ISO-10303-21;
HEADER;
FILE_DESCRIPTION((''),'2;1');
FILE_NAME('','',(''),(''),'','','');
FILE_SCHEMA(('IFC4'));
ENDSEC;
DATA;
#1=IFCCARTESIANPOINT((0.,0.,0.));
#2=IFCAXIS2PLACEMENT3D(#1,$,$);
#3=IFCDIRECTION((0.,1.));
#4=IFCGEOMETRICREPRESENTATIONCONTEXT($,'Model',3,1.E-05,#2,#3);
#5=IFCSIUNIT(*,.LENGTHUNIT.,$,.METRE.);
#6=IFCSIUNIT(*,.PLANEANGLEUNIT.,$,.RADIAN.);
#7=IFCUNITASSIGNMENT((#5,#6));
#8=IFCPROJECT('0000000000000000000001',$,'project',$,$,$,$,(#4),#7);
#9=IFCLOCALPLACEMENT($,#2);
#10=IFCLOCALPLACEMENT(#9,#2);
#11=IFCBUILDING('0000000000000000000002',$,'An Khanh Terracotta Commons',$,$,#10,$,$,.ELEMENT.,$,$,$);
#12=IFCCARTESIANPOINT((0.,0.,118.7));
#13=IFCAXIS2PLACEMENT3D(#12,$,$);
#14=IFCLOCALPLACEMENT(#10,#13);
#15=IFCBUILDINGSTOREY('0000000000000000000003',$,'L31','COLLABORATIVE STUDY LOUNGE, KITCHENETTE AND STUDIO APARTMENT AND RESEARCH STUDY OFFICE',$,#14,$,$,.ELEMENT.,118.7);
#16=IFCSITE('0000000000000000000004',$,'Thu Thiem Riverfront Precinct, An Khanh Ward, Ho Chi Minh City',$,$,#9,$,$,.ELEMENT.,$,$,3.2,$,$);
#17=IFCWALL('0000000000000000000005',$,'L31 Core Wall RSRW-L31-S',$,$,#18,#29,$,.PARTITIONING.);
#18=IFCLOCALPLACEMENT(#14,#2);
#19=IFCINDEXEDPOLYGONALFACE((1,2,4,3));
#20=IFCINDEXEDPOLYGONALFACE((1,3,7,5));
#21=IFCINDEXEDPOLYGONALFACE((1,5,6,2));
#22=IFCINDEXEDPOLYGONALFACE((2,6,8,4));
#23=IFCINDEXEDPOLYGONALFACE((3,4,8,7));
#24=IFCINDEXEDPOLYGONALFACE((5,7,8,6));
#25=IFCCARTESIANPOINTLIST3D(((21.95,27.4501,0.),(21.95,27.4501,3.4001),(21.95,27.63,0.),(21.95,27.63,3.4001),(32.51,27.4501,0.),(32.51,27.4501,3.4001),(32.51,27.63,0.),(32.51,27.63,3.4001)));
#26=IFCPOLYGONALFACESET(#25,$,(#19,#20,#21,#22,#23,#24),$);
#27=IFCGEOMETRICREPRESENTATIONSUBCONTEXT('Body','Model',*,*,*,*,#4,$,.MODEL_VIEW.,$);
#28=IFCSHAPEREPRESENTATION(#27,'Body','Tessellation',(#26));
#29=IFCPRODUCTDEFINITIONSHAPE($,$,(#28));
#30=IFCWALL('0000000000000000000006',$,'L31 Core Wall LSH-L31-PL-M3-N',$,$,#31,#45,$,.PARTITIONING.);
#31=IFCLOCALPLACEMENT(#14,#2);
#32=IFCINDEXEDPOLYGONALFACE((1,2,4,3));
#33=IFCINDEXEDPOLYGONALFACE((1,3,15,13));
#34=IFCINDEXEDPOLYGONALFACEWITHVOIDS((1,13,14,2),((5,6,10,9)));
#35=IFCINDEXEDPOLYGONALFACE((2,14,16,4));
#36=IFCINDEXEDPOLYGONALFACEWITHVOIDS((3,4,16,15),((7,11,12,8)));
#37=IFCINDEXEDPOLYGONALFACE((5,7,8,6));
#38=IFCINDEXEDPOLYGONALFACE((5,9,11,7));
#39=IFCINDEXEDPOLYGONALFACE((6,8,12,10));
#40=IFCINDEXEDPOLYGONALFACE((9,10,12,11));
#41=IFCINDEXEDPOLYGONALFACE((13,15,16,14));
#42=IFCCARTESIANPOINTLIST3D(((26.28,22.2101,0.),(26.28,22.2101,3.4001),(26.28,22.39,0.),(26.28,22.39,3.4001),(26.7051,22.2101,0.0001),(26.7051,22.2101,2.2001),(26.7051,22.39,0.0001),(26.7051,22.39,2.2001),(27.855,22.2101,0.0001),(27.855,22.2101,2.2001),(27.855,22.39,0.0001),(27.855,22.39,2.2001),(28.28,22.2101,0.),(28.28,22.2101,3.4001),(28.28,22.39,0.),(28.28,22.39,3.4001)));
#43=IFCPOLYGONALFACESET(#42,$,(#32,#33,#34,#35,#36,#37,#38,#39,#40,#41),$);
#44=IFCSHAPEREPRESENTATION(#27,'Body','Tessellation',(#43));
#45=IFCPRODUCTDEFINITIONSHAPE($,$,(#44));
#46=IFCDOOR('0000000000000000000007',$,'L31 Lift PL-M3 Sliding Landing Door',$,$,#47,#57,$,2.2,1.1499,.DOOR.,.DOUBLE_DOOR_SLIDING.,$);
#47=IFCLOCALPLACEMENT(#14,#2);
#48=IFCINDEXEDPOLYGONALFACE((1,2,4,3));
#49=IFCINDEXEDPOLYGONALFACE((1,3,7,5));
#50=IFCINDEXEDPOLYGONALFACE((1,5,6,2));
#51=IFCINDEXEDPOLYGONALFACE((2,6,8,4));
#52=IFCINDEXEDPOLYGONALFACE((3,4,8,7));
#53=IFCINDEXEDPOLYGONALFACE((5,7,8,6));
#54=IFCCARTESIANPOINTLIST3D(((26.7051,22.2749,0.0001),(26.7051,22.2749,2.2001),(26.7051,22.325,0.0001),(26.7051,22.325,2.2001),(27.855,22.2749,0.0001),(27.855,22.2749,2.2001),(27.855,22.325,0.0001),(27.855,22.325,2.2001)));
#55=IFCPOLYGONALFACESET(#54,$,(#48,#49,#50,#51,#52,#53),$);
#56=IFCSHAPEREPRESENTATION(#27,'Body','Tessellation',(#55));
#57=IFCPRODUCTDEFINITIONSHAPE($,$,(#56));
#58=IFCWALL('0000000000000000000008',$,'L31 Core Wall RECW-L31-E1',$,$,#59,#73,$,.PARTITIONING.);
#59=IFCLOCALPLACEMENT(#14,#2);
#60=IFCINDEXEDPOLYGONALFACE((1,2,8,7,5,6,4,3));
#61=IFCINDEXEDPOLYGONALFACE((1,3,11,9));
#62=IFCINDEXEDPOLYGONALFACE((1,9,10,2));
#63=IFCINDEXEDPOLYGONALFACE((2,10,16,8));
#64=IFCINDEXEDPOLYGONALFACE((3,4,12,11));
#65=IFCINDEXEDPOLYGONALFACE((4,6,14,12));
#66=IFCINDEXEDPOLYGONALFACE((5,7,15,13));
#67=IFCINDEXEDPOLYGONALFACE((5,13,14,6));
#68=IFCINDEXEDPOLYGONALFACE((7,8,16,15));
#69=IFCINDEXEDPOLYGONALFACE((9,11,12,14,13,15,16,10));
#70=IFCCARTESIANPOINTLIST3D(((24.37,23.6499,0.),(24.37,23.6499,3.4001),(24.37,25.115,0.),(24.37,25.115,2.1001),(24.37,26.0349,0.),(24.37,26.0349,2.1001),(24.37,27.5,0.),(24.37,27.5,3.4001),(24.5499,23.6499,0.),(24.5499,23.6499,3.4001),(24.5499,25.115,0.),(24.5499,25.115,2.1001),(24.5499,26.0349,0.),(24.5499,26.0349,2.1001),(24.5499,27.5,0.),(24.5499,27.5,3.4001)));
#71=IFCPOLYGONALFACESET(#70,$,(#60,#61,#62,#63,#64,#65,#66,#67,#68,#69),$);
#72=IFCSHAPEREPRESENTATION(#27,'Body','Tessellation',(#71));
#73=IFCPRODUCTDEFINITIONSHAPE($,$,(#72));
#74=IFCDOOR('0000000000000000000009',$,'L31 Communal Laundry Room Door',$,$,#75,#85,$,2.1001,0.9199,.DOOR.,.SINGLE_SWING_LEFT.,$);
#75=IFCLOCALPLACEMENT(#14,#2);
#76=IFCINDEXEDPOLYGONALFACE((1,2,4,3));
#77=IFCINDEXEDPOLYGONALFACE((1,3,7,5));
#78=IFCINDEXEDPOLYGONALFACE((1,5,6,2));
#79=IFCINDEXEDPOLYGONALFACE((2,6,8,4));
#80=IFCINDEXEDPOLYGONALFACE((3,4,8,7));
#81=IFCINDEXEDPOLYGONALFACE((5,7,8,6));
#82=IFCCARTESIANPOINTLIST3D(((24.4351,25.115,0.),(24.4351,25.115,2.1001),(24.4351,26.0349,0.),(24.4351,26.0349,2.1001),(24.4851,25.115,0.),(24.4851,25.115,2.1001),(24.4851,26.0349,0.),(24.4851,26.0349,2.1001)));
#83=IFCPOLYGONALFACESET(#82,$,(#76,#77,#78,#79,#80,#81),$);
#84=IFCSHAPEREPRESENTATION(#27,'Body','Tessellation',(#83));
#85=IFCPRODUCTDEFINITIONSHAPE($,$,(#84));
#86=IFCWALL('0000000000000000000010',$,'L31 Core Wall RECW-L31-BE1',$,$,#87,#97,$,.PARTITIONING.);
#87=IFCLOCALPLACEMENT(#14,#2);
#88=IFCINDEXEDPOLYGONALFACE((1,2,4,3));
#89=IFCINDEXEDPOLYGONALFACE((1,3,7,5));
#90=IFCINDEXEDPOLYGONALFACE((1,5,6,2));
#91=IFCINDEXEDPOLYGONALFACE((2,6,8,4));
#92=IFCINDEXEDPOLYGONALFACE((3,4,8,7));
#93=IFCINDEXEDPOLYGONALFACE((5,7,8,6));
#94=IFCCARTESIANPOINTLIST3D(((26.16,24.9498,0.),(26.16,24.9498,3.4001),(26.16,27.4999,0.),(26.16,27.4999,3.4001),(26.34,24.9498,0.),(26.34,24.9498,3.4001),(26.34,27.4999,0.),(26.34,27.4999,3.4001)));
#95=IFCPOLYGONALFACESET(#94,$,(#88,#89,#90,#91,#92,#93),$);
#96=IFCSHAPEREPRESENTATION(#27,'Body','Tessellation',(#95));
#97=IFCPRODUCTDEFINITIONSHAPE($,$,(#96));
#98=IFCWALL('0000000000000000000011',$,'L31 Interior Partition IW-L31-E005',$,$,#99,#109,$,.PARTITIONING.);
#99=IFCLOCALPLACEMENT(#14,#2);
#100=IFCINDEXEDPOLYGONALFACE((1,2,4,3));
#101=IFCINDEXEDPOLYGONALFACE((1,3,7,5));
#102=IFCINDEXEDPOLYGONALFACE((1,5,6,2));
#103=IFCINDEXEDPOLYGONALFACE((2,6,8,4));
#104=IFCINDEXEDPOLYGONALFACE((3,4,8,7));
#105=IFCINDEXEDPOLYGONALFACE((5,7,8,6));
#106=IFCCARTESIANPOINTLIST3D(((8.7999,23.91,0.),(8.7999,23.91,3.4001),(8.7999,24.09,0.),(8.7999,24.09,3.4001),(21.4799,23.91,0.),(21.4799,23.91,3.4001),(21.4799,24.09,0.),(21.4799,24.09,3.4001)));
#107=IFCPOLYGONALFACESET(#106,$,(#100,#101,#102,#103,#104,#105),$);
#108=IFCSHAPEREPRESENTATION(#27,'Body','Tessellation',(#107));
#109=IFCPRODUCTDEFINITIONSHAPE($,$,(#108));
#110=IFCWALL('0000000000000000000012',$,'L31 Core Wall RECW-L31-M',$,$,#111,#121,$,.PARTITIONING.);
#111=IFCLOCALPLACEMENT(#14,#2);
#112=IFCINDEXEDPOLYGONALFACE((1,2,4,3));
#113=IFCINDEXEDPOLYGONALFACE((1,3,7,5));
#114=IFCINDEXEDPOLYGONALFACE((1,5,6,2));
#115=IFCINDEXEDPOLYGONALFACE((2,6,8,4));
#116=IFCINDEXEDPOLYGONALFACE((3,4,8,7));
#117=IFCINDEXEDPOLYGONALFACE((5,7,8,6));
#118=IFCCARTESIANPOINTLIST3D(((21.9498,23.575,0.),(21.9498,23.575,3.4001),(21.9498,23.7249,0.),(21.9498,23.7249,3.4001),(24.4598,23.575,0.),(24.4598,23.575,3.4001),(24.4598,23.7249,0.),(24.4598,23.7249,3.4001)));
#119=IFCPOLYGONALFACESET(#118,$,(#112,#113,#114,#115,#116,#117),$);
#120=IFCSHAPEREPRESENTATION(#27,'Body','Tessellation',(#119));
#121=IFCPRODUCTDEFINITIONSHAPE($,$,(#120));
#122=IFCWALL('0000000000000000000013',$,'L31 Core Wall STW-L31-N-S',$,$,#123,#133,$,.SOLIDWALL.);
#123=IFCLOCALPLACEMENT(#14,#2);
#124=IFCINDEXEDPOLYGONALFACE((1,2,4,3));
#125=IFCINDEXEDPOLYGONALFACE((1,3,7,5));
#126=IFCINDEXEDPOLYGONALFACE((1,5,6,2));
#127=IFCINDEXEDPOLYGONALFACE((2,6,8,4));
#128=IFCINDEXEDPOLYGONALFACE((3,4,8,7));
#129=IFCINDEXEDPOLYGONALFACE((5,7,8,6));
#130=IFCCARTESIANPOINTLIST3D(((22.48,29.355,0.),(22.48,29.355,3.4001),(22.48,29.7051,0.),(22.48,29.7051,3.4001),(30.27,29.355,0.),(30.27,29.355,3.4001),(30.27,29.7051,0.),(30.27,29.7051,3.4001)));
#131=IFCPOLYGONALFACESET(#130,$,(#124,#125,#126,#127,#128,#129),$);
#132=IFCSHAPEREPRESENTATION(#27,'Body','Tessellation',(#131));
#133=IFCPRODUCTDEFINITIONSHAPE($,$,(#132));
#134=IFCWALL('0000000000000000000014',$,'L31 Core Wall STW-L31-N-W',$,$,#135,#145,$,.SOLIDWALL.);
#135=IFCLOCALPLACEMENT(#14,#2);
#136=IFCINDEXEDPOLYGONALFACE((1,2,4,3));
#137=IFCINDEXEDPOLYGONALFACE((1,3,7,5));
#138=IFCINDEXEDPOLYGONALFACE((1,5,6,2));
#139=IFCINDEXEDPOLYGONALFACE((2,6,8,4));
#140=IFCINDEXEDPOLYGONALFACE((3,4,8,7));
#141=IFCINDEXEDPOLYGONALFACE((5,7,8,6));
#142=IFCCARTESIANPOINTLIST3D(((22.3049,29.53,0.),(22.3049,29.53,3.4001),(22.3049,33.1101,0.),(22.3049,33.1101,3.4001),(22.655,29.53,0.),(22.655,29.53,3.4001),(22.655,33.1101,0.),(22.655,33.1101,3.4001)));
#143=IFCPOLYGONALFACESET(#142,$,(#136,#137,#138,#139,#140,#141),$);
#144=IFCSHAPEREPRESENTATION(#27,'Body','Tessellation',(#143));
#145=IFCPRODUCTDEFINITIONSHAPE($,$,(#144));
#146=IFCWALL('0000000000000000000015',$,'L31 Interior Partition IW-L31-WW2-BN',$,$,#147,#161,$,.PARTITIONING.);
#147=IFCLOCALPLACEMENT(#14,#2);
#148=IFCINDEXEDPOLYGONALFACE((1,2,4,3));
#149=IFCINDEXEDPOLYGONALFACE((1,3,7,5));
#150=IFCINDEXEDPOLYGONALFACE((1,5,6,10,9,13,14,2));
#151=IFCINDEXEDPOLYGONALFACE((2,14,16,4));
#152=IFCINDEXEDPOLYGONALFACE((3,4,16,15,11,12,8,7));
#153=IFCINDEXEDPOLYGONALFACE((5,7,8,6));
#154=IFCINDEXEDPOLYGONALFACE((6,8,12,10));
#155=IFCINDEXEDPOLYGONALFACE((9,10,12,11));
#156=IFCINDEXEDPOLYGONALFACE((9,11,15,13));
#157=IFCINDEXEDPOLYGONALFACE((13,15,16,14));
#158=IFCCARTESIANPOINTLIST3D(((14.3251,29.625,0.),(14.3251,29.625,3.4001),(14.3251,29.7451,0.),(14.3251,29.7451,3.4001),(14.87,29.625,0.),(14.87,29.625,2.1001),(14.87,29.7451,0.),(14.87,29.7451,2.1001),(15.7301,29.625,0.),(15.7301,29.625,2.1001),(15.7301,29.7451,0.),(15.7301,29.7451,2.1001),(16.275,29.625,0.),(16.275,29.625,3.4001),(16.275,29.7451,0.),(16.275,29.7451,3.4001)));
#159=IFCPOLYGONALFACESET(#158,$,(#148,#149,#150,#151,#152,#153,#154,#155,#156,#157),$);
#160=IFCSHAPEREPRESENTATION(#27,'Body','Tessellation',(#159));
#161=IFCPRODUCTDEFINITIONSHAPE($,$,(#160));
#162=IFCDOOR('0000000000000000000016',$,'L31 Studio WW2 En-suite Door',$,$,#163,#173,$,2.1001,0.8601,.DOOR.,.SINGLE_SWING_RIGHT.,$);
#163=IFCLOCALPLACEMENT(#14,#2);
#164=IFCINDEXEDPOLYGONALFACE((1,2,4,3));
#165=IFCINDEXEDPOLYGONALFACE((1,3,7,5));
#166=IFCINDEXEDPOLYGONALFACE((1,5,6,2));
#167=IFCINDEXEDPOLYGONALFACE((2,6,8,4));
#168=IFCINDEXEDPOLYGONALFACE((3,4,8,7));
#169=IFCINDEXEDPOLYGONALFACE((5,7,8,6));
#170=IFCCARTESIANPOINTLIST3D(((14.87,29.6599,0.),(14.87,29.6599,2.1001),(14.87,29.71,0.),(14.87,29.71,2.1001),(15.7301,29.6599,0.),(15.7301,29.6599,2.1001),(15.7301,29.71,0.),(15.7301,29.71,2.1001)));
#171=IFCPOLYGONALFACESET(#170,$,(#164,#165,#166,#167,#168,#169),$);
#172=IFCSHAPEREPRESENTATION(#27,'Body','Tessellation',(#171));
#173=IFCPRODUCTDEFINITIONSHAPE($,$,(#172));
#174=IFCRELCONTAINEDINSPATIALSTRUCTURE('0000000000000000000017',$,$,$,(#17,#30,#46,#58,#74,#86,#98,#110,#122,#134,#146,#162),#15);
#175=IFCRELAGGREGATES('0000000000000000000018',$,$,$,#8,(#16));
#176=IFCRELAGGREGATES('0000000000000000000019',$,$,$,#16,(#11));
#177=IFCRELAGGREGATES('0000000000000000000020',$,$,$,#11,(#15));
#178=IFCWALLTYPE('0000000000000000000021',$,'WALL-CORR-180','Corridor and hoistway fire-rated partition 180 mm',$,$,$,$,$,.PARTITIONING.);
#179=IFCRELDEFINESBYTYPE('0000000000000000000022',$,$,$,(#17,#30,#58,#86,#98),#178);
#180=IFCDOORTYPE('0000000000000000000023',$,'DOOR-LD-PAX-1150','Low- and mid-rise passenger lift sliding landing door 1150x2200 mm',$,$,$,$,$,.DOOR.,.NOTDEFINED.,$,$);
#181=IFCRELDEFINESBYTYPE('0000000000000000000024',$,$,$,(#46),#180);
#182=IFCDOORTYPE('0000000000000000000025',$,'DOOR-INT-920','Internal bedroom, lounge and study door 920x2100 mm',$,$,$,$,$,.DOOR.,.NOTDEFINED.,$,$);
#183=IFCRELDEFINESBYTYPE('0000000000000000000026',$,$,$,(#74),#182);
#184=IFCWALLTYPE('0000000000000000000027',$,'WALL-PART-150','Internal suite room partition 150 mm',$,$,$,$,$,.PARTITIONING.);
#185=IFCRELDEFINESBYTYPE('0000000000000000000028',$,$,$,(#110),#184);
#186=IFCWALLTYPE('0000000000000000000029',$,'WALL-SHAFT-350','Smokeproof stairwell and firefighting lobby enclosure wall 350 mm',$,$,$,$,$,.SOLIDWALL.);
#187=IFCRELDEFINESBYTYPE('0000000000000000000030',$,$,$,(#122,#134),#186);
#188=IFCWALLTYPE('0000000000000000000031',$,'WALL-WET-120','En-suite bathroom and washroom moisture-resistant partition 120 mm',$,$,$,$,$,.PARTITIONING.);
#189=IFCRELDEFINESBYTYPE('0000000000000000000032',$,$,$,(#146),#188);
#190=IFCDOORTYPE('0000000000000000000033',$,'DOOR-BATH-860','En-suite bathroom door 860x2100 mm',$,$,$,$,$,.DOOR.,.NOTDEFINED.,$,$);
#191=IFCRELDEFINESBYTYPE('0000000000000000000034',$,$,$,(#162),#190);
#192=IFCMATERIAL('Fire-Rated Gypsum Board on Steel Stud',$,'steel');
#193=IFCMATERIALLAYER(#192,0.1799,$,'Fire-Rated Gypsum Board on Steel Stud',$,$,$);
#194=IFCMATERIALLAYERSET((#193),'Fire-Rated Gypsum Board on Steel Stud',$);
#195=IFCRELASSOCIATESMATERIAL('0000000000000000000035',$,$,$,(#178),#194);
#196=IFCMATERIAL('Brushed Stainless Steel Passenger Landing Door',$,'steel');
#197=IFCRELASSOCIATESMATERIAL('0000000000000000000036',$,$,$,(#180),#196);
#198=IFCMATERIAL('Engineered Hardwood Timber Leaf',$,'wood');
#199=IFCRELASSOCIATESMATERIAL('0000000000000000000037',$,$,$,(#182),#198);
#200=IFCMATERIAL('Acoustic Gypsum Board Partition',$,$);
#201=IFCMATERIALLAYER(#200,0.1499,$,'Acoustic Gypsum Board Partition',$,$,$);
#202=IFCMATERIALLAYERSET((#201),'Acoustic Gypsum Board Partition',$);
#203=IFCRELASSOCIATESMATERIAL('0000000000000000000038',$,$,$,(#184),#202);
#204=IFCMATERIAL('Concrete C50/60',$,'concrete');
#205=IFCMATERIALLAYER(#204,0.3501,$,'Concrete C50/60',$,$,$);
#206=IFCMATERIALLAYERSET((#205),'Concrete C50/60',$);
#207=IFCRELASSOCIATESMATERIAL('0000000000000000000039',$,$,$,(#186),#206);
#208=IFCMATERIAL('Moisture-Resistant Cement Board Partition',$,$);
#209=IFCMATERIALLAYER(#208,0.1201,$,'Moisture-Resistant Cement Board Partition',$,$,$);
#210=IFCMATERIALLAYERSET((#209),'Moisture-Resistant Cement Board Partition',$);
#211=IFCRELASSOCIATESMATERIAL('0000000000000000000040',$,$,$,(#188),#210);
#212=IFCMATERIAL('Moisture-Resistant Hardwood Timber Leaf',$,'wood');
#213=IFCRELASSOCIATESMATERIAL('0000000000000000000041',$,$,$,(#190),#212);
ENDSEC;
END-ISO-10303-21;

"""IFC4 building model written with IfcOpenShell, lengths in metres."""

from ifc_helpers import new_model, si_unit, direction, frame, frame_2d, origin, place, context, subcontext, project, spatial, rectangle, extrude, material, layer, layer_set, type_object, element, fill, save


model = new_model("IFC4")

# Units and contexts
model_context = context("Model", 3, precision=1e-05, world=origin(), true_north=direction((0.0, 1.0)))
body_context = subcontext(model_context, "Body", "Model", "MODEL_VIEW")
ifc_project = project(units=[si_unit("LENGTHUNIT", "METRE"), si_unit("PLANEANGLEUNIT", "RADIAN")], contexts=[model_context])

# Site, building, storey
site_placement = place(None, origin())
site = spatial("IfcSite", under=ifc_project, at=site_placement, Name="Thu Thiem Riverfront Precinct, An Khanh Ward, Ho Chi Minh City", CompositionType="ELEMENT", RefElevation=3.2)
building_placement = place(site_placement, origin())
building = spatial("IfcBuilding", under=site, at=building_placement, Name="An Khanh Terracotta Commons", CompositionType="ELEMENT")
storey_placement = place(building_placement, frame((0.0, 0.0, 118.7)))
storey = spatial("IfcBuildingStorey", under=building, at=storey_placement, Name="L31", Description="COLLABORATIVE STUDY LOUNGE, KITCHENETTE AND STUDIO APARTMENT AND RESEARCH STUDY OFFICE", CompositionType="ELEMENT", Elevation=118.7)

# Wall
ifc_material_1 = material(Name="Fire-Rated Gypsum Board on Steel Stud", Category="steel")
ifc_layer_1 = layer(ifc_material_1, 0.1799, Name="Fire-Rated Gypsum Board on Steel Stud")
ifc_layer_set_1 = layer_set([ifc_layer_1], Name="Fire-Rated Gypsum Board on Steel Stud")
wall_type_1 = type_object("IfcWallType", Name="WALL-CORR-180", Description="Corridor and hoistway fire-rated partition 180 mm", PredefinedType="PARTITIONING", material=ifc_layer_set_1)
wall_1_placement = place(storey_placement, frame((21.95, 27.54, 0.0), z_axis=(0.0, 0.0, 1.0), x_axis=(1.0, 0.0, 0.0)))
element("IfcWall", 1, at=wall_1_placement, inside=storey, type_object=wall_type_1, Name="L31 Core Wall RSRW-L31-S", PredefinedType="PARTITIONING", context=body_context, shape_type="SweptSolid", body=[
    extrude(rectangle(XDim=10.5601, YDim=0.1799, at=frame_2d((5.28, 0.0))), origin(), (0.0, 0.0, 1.0), 3.4001),
])

# Walls, openings, doors
wall_2_placement = place(storey_placement, frame((26.28, 22.3, 0.0), z_axis=(0.0, 0.0, 1.0), x_axis=(1.0, 0.0, 0.0)))
wall_2 = element("IfcWall", 2, at=wall_2_placement, inside=storey, type_object=wall_type_1, Name="L31 Core Wall LSH-L31-PL-M3-N", PredefinedType="PARTITIONING", context=body_context, shape_type="SweptSolid", body=[
    extrude(rectangle(XDim=2.0, YDim=0.1799, at=frame_2d((1.0, 0.0))), origin(), (0.0, 0.0, 1.0), 3.4001),
])
opening_1_placement = place(wall_2_placement, frame((0.425, 0.0, 0.0)))
opening_1 = element("IfcOpeningElement", 3, at=opening_1_placement, cuts=wall_2, PredefinedType="OPENING", context=body_context, shape_type="SweptSolid", body=[
    extrude(rectangle(XDim=1.1499, YDim=2.2, at=frame_2d((0.575, 1.1001))), frame((0.0, 0.0999, 0.0), z_axis=(0.0, -1.0, 0.0), x_axis=(1.0, 0.0, 0.0)), (0.0, 0.0, 1.0), 0.2),
])
ifc_material_2 = material(Name="Brushed Stainless Steel Passenger Landing Door", Category="steel")
door_type_1 = type_object("IfcDoorType", Name="DOOR-LD-PAX-1150", Description="Low- and mid-rise passenger lift sliding landing door 1150x2200 mm", OperationType="NOTDEFINED", PredefinedType="DOOR", material=ifc_material_2)
door_1_placement = place(opening_1_placement, origin())
door_1 = element("IfcDoor", 4, at=door_1_placement, inside=storey, type_object=door_type_1, Name="L31 Lift PL-M3 Sliding Landing Door", OperationType="DOUBLE_DOOR_SLIDING", OverallHeight=2.2, OverallWidth=1.1499, PredefinedType="DOOR", context=body_context, shape_type="SweptSolid", body=[
    extrude(rectangle(XDim=1.1499, YDim=2.2, at=frame_2d((0.575, 1.1001))), frame((0.0, 0.0249, 0.0), z_axis=(0.0, -1.0, 0.0), x_axis=(1.0, 0.0, 0.0)), (0.0, 0.0, 1.0), 0.05),
])
fill(opening_1, door_1)
wall_3_placement = place(storey_placement, frame((24.46, 23.6499, 0.0), z_axis=(0.0, 0.0, 1.0), x_axis=(0.0, 1.0, 0.0)))
wall_3 = element("IfcWall", 5, at=wall_3_placement, inside=storey, type_object=wall_type_1, Name="L31 Core Wall RECW-L31-E1", PredefinedType="PARTITIONING", context=body_context, shape_type="SweptSolid", body=[
    extrude(rectangle(XDim=3.8501, YDim=0.1799, at=frame_2d((1.925, 0.0))), origin(), (0.0, 0.0, 1.0), 3.4001),
])
opening_2_placement = place(wall_3_placement, frame((1.4651, 0.0, 0.0)))
opening_2 = element("IfcOpeningElement", 6, at=opening_2_placement, cuts=wall_3, PredefinedType="OPENING", context=body_context, shape_type="SweptSolid", body=[
    extrude(rectangle(XDim=0.9199, YDim=2.1001, at=frame_2d((0.46, 1.05))), frame((0.0, 0.0999, 0.0), z_axis=(0.0, -1.0, 0.0), x_axis=(1.0, 0.0, 0.0)), (0.0, 0.0, 1.0), 0.2),
])
ifc_material_3 = material(Name="Engineered Hardwood Timber Leaf", Category="wood")
door_type_2 = type_object("IfcDoorType", Name="DOOR-INT-920", Description="Internal bedroom, lounge and study door 920x2100 mm", OperationType="NOTDEFINED", PredefinedType="DOOR", material=ifc_material_3)
door_2_placement = place(opening_2_placement, origin())
door_2 = element("IfcDoor", 7, at=door_2_placement, inside=storey, type_object=door_type_2, Name="L31 Communal Laundry Room Door", OperationType="SINGLE_SWING_LEFT", OverallHeight=2.1001, OverallWidth=0.9199, PredefinedType="DOOR", context=body_context, shape_type="SweptSolid", body=[
    extrude(rectangle(XDim=0.9199, YDim=2.1001, at=frame_2d((0.46, 1.05))), frame((0.0, 0.0249, 0.0), z_axis=(0.0, -1.0, 0.0), x_axis=(1.0, 0.0, 0.0)), (0.0, 0.0, 1.0), 0.05),
])
fill(opening_2, door_2)

# Walls
wall_4_placement = place(storey_placement, frame((26.25, 24.95, 0.0), z_axis=(0.0, 0.0, 1.0), x_axis=(0.0, 1.0, 0.0)))
element("IfcWall", 8, at=wall_4_placement, inside=storey, type_object=wall_type_1, Name="L31 Core Wall RECW-L31-BE1", PredefinedType="PARTITIONING", context=body_context, shape_type="SweptSolid", body=[
    extrude(rectangle(XDim=2.55, YDim=0.1799, at=frame_2d((1.2749, 0.0))), origin(), (0.0, 0.0, 1.0), 3.4001),
])
wall_5_placement = place(storey_placement, frame((8.8, 24.0, 0.0), z_axis=(0.0, 0.0, 1.0), x_axis=(1.0, 0.0, 0.0)))
element("IfcWall", 9, at=wall_5_placement, inside=storey, type_object=wall_type_1, Name="L31 Interior Partition IW-L31-E005", PredefinedType="PARTITIONING", context=body_context, shape_type="SweptSolid", body=[
    extrude(rectangle(XDim=12.6799, YDim=0.1799, at=frame_2d((6.3398, 0.0))), origin(), (0.0, 0.0, 1.0), 3.4001),
])
ifc_material_4 = material(Name="Acoustic Gypsum Board Partition")
ifc_layer_2 = layer(ifc_material_4, 0.1499, Name="Acoustic Gypsum Board Partition")
ifc_layer_set_2 = layer_set([ifc_layer_2], Name="Acoustic Gypsum Board Partition")
wall_type_2 = type_object("IfcWallType", Name="WALL-PART-150", Description="Internal suite room partition 150 mm", PredefinedType="PARTITIONING", material=ifc_layer_set_2)
wall_6_placement = place(storey_placement, frame((21.95, 23.6499, 0.0), z_axis=(0.0, 0.0, 1.0), x_axis=(1.0, 0.0, 0.0)))
element("IfcWall", 10, at=wall_6_placement, inside=storey, type_object=wall_type_2, Name="L31 Core Wall RECW-L31-M", PredefinedType="PARTITIONING", context=body_context, shape_type="SweptSolid", body=[
    extrude(rectangle(XDim=2.51, YDim=0.1499, at=frame_2d((1.2549, 0.0))), origin(), (0.0, 0.0, 1.0), 3.4001),
])
ifc_material_5 = material(Name="Concrete C50/60", Category="concrete")
ifc_layer_3 = layer(ifc_material_5, 0.3501, Name="Concrete C50/60")
ifc_layer_set_3 = layer_set([ifc_layer_3], Name="Concrete C50/60")
wall_type_3 = type_object("IfcWallType", Name="WALL-SHAFT-350", Description="Smokeproof stairwell and firefighting lobby enclosure wall 350 mm", PredefinedType="SOLIDWALL", material=ifc_layer_set_3)
wall_7_placement = place(storey_placement, frame((22.48, 29.53, 0.0), z_axis=(0.0, 0.0, 1.0), x_axis=(1.0, 0.0, 0.0)))
element("IfcWall", 11, at=wall_7_placement, inside=storey, type_object=wall_type_3, Name="L31 Core Wall STW-L31-N-S", PredefinedType="SOLIDWALL", context=body_context, shape_type="SweptSolid", body=[
    extrude(rectangle(XDim=7.79, YDim=0.3501, at=frame_2d((3.895, 0.0))), origin(), (0.0, 0.0, 1.0), 3.4001),
])
wall_8_placement = place(storey_placement, frame((22.48, 29.53, 0.0), z_axis=(0.0, 0.0, 1.0), x_axis=(0.0, 1.0, 0.0)))
element("IfcWall", 12, at=wall_8_placement, inside=storey, type_object=wall_type_3, Name="L31 Core Wall STW-L31-N-W", PredefinedType="SOLIDWALL", context=body_context, shape_type="SweptSolid", body=[
    extrude(rectangle(XDim=3.5801, YDim=0.3501, at=frame_2d((1.79, 0.0))), origin(), (0.0, 0.0, 1.0), 3.4001),
])

# Wall, opening, door
ifc_material_6 = material(Name="Moisture-Resistant Cement Board Partition")
ifc_layer_4 = layer(ifc_material_6, 0.1201, Name="Moisture-Resistant Cement Board Partition")
ifc_layer_set_4 = layer_set([ifc_layer_4], Name="Moisture-Resistant Cement Board Partition")
wall_type_4 = type_object("IfcWallType", Name="WALL-WET-120", Description="En-suite bathroom and washroom moisture-resistant partition 120 mm", PredefinedType="PARTITIONING", material=ifc_layer_set_4)
wall_9_placement = place(storey_placement, frame((14.325, 29.6851, 0.0), z_axis=(0.0, 0.0, 1.0), x_axis=(1.0, 0.0, 0.0)))
wall_9 = element("IfcWall", 13, at=wall_9_placement, inside=storey, type_object=wall_type_4, Name="L31 Interior Partition IW-L31-WW2-BN", PredefinedType="PARTITIONING", context=body_context, shape_type="SweptSolid", body=[
    extrude(rectangle(XDim=1.95, YDim=0.1201, at=frame_2d((0.9751, 0.0))), origin(), (0.0, 0.0, 1.0), 3.4001),
])
opening_3_placement = place(wall_9_placement, frame((0.5449, 0.0, 0.0)))
opening_3 = element("IfcOpeningElement", 14, at=opening_3_placement, cuts=wall_9, PredefinedType="OPENING", context=body_context, shape_type="SweptSolid", body=[
    extrude(rectangle(XDim=0.8601, YDim=2.1001, at=frame_2d((0.4302, 1.05))), frame((0.0, 0.0701, 0.0), z_axis=(0.0, -1.0, 0.0), x_axis=(1.0, 0.0, 0.0)), (0.0, 0.0, 1.0), 0.1401),
])
ifc_material_7 = material(Name="Moisture-Resistant Hardwood Timber Leaf", Category="wood")
door_type_3 = type_object("IfcDoorType", Name="DOOR-BATH-860", Description="En-suite bathroom door 860x2100 mm", OperationType="NOTDEFINED", PredefinedType="DOOR", material=ifc_material_7)
door_3_placement = place(opening_3_placement, origin())
door_3 = element("IfcDoor", 15, at=door_3_placement, inside=storey, type_object=door_type_3, Name="L31 Studio WW2 En-suite Door", OperationType="SINGLE_SWING_RIGHT", OverallHeight=2.1001, OverallWidth=0.8601, PredefinedType="DOOR", context=body_context, shape_type="SweptSolid", body=[
    extrude(rectangle(XDim=0.8601, YDim=2.1001, at=frame_2d((0.4302, 1.05))), frame((0.0, 0.0249, 0.0), z_axis=(0.0, -1.0, 0.0), x_axis=(1.0, 0.0, 0.0)), (0.0, 0.0, 1.0), 0.05),
])
fill(opening_3, door_3)

save(model, "model.ifc")
